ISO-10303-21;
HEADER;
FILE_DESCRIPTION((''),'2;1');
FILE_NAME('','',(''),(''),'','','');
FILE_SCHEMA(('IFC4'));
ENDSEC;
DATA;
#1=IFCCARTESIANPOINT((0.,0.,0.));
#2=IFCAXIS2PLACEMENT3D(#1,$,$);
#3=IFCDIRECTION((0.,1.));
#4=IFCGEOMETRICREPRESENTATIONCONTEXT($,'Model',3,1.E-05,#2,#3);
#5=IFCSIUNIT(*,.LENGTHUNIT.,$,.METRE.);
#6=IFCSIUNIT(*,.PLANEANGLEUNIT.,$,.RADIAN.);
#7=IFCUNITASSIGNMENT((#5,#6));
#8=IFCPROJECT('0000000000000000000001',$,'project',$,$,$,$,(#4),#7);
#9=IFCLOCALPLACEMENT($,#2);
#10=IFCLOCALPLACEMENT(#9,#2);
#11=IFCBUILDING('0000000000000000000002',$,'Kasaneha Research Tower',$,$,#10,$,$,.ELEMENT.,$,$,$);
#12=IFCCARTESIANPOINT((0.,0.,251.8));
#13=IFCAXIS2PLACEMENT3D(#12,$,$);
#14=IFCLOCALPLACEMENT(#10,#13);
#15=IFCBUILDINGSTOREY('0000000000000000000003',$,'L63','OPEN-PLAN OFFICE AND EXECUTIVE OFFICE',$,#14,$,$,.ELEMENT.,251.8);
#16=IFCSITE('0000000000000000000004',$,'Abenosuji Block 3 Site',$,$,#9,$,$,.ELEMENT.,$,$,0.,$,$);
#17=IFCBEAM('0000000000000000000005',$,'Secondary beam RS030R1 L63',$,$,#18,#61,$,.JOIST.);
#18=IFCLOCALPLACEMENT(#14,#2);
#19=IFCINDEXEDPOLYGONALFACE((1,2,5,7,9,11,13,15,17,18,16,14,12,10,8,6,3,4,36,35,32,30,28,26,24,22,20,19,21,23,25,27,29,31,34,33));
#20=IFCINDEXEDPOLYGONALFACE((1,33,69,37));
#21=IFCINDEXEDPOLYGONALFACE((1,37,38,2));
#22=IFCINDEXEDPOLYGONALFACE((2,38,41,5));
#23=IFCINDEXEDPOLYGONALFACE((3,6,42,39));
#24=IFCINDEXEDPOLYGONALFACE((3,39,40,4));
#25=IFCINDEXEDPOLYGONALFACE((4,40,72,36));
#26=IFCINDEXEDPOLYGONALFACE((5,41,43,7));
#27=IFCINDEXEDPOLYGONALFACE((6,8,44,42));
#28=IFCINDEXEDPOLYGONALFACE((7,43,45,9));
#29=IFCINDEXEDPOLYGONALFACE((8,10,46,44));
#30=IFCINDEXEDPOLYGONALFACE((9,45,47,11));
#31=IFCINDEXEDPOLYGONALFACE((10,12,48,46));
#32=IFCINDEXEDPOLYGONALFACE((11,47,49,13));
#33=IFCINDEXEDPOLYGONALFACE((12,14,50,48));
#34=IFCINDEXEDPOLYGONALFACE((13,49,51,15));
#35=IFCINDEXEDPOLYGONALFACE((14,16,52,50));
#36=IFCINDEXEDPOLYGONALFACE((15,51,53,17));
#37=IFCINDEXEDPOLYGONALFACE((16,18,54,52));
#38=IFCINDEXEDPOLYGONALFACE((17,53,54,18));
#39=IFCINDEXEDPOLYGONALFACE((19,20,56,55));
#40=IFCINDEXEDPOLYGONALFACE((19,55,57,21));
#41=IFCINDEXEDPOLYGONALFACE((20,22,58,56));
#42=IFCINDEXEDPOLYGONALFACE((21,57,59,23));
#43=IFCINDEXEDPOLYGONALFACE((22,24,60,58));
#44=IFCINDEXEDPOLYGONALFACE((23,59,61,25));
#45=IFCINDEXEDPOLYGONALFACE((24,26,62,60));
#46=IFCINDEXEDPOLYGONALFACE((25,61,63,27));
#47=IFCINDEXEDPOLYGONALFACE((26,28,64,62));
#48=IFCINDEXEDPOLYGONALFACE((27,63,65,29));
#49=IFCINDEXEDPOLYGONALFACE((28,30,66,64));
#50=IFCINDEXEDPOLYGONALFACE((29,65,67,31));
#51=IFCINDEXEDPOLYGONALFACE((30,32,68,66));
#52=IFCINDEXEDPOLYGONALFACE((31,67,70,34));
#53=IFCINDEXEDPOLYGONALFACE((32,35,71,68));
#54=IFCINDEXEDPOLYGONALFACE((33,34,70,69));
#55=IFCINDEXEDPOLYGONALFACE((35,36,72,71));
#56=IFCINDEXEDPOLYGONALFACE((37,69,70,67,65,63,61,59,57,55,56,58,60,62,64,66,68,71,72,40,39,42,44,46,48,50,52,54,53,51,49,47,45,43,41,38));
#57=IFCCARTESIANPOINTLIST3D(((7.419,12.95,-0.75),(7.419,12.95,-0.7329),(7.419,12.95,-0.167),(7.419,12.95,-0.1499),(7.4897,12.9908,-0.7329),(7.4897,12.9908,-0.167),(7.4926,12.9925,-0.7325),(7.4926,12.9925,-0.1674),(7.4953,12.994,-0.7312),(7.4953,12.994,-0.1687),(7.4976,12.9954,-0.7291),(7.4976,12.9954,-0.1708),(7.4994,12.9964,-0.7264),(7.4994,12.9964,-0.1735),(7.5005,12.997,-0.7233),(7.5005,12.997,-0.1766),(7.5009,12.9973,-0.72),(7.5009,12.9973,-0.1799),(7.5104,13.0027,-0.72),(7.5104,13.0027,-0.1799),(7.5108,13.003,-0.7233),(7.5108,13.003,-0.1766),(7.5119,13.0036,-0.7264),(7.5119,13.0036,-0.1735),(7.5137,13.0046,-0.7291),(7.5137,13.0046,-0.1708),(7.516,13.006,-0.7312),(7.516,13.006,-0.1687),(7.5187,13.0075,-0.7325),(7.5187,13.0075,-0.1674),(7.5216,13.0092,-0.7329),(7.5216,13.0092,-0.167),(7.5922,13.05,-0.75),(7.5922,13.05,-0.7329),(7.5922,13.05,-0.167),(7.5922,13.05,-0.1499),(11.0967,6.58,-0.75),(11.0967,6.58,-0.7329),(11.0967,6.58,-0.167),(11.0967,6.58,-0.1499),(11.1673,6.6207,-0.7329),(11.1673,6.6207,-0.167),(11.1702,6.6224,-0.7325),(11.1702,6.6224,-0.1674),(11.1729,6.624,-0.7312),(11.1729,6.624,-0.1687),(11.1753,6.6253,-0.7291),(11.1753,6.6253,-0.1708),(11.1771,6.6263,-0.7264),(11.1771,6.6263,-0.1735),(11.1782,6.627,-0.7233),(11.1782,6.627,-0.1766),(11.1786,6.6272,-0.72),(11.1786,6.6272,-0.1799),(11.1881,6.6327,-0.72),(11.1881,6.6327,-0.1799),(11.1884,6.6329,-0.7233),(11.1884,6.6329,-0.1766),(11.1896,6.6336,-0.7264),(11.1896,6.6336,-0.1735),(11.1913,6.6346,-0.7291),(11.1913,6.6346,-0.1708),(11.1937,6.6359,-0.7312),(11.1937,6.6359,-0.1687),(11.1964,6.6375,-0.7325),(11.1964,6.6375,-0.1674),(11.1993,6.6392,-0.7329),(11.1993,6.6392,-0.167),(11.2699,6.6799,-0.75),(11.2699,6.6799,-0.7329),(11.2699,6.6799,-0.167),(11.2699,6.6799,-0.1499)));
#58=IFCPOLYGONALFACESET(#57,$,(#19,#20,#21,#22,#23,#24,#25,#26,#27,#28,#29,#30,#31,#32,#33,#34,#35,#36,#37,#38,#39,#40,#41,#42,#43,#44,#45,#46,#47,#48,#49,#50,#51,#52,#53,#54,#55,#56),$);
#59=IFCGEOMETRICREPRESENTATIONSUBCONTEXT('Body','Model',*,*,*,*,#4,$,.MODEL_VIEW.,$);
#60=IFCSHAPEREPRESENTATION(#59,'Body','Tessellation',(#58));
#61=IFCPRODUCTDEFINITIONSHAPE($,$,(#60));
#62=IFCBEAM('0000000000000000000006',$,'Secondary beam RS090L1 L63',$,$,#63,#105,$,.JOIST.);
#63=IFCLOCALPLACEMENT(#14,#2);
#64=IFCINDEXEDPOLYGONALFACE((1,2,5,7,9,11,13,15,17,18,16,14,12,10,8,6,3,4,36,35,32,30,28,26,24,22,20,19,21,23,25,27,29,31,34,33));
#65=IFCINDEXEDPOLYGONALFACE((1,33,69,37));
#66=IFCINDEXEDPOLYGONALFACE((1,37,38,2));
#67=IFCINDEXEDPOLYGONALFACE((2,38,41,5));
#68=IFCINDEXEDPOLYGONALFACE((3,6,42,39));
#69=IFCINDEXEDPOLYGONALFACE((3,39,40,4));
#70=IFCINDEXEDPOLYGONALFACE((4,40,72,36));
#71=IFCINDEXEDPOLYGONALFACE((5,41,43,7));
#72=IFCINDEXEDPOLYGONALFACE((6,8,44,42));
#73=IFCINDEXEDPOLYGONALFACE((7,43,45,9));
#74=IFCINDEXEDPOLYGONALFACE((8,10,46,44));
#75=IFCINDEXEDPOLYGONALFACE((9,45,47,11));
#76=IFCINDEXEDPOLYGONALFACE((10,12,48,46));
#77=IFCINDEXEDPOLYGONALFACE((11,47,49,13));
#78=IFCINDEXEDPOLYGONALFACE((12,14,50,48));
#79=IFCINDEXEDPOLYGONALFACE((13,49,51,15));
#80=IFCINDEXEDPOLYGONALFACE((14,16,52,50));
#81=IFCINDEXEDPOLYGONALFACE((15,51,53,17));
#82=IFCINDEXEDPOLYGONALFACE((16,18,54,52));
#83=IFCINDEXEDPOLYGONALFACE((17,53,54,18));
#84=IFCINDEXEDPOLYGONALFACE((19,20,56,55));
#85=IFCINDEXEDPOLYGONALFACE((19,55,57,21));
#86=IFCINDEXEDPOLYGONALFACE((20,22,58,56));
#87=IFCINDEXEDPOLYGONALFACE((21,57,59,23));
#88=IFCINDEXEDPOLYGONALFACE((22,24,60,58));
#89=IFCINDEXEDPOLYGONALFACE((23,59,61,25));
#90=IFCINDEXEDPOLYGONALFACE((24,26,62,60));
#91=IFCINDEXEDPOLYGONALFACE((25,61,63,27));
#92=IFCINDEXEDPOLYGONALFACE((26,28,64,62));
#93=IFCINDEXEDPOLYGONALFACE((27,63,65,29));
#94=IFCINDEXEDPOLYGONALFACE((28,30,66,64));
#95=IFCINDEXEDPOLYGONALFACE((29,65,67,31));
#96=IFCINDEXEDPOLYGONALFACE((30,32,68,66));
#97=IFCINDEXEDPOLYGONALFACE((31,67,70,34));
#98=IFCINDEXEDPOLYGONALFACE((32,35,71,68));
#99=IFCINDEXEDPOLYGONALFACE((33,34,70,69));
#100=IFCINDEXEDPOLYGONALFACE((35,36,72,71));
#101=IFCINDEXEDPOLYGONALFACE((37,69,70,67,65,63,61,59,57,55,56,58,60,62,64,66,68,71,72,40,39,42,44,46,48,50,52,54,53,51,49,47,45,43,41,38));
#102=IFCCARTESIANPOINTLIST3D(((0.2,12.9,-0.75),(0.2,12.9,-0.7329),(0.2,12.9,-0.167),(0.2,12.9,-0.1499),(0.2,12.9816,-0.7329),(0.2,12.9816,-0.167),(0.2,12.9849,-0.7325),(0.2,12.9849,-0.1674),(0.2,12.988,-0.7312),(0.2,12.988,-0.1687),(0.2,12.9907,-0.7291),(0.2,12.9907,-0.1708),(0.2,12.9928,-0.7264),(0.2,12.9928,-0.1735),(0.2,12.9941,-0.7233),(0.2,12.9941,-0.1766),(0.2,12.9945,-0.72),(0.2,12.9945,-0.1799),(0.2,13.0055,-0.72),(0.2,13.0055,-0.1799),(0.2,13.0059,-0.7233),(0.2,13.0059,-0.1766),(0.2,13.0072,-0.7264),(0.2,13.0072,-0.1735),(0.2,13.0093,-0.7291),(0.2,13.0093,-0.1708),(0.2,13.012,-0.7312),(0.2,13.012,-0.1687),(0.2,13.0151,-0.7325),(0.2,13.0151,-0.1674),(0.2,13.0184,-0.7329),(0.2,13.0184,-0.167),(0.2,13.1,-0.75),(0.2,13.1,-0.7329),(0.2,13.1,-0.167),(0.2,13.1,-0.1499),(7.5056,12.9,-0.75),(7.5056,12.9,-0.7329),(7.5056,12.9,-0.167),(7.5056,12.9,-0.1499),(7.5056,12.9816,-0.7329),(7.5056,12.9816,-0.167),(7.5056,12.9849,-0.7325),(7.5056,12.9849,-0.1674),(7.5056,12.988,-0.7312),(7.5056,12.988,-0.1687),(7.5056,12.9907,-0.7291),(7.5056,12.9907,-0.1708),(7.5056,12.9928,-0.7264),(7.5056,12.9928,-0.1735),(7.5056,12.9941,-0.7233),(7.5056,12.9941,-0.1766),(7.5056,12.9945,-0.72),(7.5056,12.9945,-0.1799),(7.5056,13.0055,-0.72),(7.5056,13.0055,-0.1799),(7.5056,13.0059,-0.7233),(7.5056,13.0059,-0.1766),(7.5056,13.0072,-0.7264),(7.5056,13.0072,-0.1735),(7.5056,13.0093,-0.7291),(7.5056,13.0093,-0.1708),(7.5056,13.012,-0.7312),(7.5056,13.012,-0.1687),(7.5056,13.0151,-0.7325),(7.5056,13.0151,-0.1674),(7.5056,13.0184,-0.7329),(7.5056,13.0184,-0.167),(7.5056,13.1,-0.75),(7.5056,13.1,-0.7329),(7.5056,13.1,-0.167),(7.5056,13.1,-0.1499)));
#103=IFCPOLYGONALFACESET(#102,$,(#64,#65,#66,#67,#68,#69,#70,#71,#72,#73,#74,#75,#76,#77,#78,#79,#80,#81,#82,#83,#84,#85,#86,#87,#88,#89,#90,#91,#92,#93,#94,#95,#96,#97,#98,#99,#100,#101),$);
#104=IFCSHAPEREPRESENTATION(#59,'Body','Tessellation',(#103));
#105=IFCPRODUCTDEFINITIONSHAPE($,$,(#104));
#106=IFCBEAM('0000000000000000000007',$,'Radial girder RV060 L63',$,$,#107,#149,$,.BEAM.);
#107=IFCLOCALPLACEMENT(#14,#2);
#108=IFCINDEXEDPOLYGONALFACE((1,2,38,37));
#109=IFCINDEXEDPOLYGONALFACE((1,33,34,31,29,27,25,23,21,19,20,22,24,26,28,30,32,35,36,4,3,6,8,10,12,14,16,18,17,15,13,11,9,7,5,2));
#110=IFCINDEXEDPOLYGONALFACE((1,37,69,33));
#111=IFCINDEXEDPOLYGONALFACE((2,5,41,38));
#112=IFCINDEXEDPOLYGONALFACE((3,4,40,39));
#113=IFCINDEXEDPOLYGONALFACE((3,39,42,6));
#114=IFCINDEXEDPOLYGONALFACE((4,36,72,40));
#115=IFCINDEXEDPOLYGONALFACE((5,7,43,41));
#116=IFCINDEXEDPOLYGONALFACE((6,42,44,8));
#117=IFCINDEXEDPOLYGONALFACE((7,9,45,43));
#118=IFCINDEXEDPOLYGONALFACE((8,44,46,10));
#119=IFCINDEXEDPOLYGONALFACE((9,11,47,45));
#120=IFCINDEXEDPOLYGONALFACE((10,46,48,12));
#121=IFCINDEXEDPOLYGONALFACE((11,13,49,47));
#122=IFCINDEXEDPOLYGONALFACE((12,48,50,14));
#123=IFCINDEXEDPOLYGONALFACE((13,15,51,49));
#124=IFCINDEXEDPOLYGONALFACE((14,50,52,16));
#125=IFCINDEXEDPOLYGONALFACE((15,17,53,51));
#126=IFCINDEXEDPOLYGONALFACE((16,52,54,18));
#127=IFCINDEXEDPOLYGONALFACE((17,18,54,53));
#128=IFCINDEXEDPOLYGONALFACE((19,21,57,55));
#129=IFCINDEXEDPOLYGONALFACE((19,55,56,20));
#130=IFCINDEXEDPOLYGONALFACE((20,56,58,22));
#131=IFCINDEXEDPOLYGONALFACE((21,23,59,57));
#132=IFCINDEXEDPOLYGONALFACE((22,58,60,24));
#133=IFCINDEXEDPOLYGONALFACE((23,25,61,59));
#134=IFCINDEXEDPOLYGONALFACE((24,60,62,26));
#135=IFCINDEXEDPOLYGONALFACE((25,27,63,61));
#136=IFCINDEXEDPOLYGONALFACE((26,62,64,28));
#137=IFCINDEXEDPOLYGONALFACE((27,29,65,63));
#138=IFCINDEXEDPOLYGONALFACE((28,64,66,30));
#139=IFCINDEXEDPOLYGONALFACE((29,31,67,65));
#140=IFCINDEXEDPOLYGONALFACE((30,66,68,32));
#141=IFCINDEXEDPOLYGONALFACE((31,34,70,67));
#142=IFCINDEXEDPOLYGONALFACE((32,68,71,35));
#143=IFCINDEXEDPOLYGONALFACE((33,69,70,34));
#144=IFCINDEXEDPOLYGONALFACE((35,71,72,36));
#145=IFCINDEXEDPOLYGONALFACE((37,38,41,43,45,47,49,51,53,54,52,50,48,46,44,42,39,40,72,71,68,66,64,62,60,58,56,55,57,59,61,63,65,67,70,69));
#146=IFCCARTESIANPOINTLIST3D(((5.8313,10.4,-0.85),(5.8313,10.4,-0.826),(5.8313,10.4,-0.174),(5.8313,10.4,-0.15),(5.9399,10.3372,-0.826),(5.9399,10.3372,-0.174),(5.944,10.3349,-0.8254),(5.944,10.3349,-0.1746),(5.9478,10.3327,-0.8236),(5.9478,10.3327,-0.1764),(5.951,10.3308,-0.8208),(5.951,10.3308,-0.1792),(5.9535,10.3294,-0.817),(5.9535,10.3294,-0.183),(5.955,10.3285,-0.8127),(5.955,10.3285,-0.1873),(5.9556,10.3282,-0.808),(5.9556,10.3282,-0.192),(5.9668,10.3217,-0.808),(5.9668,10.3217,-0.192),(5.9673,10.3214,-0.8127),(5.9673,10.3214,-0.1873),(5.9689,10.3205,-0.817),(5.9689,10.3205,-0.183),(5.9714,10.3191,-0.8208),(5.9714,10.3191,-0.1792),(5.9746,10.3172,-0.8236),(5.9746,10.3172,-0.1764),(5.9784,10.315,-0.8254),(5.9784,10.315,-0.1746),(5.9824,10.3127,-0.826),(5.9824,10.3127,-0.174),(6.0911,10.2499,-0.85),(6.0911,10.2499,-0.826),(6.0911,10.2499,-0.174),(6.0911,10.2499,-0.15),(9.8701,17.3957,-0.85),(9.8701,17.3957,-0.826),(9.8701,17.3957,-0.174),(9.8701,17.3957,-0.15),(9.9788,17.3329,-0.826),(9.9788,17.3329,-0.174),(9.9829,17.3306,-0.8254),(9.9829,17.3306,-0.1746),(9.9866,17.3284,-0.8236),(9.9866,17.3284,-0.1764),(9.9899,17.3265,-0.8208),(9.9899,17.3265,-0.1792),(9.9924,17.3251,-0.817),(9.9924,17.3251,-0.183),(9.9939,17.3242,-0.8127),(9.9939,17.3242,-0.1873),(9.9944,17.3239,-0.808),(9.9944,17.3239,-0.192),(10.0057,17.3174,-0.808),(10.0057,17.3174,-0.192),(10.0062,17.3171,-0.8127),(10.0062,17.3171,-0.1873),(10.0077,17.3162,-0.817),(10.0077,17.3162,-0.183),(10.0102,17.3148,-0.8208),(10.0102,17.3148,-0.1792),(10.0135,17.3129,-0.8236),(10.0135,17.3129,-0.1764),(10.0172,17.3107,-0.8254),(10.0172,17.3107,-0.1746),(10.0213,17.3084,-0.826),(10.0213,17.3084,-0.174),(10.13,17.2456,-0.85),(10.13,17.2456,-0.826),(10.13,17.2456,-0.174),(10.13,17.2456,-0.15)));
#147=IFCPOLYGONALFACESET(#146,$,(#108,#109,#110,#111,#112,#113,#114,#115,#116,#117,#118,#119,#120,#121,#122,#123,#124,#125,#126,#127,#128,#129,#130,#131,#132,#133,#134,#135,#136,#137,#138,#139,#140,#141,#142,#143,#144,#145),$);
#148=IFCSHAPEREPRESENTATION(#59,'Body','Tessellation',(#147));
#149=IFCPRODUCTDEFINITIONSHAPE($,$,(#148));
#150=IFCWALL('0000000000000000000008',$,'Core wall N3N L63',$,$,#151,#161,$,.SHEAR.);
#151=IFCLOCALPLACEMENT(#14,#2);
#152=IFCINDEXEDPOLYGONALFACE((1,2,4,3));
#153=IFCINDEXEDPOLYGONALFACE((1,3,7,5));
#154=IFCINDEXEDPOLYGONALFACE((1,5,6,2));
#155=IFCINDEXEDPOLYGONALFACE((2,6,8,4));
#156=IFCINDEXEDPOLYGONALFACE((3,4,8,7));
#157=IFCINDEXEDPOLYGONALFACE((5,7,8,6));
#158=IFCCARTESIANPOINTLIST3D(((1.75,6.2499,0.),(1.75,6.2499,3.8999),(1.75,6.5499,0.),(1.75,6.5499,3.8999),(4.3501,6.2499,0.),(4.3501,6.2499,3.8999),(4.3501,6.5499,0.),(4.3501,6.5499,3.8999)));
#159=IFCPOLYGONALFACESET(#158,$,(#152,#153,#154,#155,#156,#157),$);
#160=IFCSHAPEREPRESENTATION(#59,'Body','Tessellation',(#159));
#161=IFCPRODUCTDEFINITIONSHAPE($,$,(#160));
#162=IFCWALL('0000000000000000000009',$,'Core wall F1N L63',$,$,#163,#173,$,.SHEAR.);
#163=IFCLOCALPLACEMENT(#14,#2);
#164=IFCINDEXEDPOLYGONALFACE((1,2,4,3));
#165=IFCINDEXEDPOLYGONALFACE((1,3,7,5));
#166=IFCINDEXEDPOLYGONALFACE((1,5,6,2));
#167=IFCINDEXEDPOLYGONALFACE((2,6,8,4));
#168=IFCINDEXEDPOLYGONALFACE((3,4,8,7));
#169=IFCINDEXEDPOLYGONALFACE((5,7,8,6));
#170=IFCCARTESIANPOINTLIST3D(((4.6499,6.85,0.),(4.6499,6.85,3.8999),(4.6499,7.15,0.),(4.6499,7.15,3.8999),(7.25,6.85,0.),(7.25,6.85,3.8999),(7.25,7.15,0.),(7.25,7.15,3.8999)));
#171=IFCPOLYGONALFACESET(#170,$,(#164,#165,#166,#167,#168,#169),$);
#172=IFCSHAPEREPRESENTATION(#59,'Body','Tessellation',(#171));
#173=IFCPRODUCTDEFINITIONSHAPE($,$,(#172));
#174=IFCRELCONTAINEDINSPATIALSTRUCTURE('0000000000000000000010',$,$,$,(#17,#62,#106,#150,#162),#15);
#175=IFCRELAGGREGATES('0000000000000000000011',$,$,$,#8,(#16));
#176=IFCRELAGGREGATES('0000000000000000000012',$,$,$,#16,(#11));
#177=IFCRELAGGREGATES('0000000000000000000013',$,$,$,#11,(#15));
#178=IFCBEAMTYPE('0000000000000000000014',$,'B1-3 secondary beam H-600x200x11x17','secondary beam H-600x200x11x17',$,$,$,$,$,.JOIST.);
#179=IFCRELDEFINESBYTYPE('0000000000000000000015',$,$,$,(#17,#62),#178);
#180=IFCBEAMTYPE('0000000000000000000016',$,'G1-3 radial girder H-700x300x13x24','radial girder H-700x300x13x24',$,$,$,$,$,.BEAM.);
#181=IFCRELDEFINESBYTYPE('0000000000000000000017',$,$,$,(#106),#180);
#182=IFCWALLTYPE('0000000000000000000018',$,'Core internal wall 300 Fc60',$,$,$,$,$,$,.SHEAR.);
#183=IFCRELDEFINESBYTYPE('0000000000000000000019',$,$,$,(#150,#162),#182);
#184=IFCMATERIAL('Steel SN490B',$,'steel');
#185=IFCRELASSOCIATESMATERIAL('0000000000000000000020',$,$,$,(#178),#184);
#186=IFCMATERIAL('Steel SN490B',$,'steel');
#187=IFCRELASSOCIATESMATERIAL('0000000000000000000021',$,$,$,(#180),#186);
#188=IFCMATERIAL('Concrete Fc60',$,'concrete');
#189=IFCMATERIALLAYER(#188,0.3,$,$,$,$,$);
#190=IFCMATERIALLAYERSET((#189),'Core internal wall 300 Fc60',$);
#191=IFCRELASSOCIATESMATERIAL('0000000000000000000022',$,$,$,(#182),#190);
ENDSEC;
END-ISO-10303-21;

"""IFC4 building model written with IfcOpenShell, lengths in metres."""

from ifc_helpers import new_model, si_unit, direction, frame, frame_2d, origin, origin_2d, place, context, subcontext, project, spatial, rectangle, i_section, extrude, material, layer, layer_set, material_profile, profile_set, type_object, element, save


model = new_model("IFC4")

# Units and contexts
model_context = context("Model", 3, precision=1e-05, world=origin(), true_north=direction((0.0, 1.0)))
body_context = subcontext(model_context, "Body", "Model", "MODEL_VIEW")
ifc_project = project(units=[si_unit("LENGTHUNIT", "METRE"), si_unit("PLANEANGLEUNIT", "RADIAN")], contexts=[model_context])

# Site, building, storey
site_placement = place(None, origin())
site = spatial("IfcSite", under=ifc_project, at=site_placement, Name="Abenosuji Block 3 Site", CompositionType="ELEMENT", RefElevation=0.0)
building_placement = place(site_placement, origin())
building = spatial("IfcBuilding", under=site, at=building_placement, Name="Kasaneha Research Tower", CompositionType="ELEMENT")
storey_placement = place(building_placement, frame((0.0, 0.0, 251.8)))
storey = spatial("IfcBuildingStorey", under=building, at=storey_placement, Name="L63", Description="OPEN-PLAN OFFICE AND EXECUTIVE OFFICE", CompositionType="ELEMENT", Elevation=251.8)

# Beams
ifc_material_1 = material(Name="Steel SN490B", Category="steel")
ifc_material_profile_1 = material_profile(ifc_material_1, i_section(OverallWidth=0.2, OverallDepth=0.6001, WebThickness=0.011, FlangeThickness=0.0171, FilletRadius=0.0129, at=origin_2d()), Name="H-600x200x11x17")
ifc_profile_set_1 = profile_set([ifc_material_profile_1], Name="Steel SN490B")
beam_type_1 = type_object("IfcBeamType", Name="B1-3 secondary beam H-600x200x11x17", Description="secondary beam H-600x200x11x17", PredefinedType="JOIST", material=ifc_profile_set_1)
beam_1_placement = place(storey_placement, frame((7.5056, 13.0, -0.45), z_axis=(0.499994, -0.866029, 0.0), x_axis=(0.866029, 0.499994, 0.0)))
element("IfcBeam", 1, at=beam_1_placement, inside=storey, type_object=beam_type_1, Name="Secondary beam RS030R1 L63", PredefinedType="JOIST", context=body_context, shape_type="SweptSolid", body=[
    extrude(i_section(OverallWidth=0.2, OverallDepth=0.6001, WebThickness=0.011, FlangeThickness=0.0171, FilletRadius=0.0129, at=origin_2d()), origin(), (0.0, 0.0, 1.0), 7.3555),
])
beam_2_placement = place(storey_placement, frame((7.5056, 13.0, -0.45), z_axis=(-1.0, 0.0, 0.0), x_axis=(0.0, -1.0, 0.0)))
element("IfcBeam", 2, at=beam_2_placement, inside=storey, type_object=beam_type_1, Name="Secondary beam RS090L1 L63", PredefinedType="JOIST", context=body_context, shape_type="SweptSolid", body=[
    extrude(i_section(OverallWidth=0.2, OverallDepth=0.6001, WebThickness=0.011, FlangeThickness=0.0171, FilletRadius=0.0129, at=origin_2d()), origin(), (0.0, 0.0, 1.0), 7.3057),
])
ifc_material_2 = material(Name="Steel SN490B", Category="steel")
ifc_material_profile_2 = material_profile(ifc_material_2, i_section(OverallWidth=0.3, OverallDepth=0.7, WebThickness=0.0129, FlangeThickness=0.0239, FilletRadius=0.0181, at=origin_2d()), Name="H-700x300x13x24")
ifc_profile_set_2 = profile_set([ifc_material_profile_2], Name="Steel SN490B")
beam_type_2 = type_object("IfcBeamType", Name="G1-3 radial girder H-700x300x13x24", Description="radial girder H-700x300x13x24", PredefinedType="BEAM", material=ifc_profile_set_2)
beam_3_placement = place(storey_placement, frame((5.9612, 10.325, -0.5), z_axis=(0.499991, 0.866031, 0.0), x_axis=(-0.866031, 0.499991, 0.0)))
element("IfcBeam", 3, at=beam_3_placement, inside=storey, type_object=beam_type_2, Name="Radial girder RV060 L63", PredefinedType="BEAM", context=body_context, shape_type="SweptSolid", body=[
    extrude(i_section(OverallWidth=0.3, OverallDepth=0.7, WebThickness=0.0129, FlangeThickness=0.0239, FilletRadius=0.0181, at=origin_2d()), origin(), (0.0, 0.0, 1.0), 8.0779),
])

# Walls
ifc_material_3 = material(Name="Concrete Fc60", Category="concrete")
ifc_layer_1 = layer(ifc_material_3, 0.3)
ifc_layer_set_1 = layer_set([ifc_layer_1], Name="Core internal wall 300 Fc60")
wall_type_1 = type_object("IfcWallType", Name="Core internal wall 300 Fc60", PredefinedType="SHEAR", material=ifc_layer_set_1)
for number, where, z_axis, x_axis, name in (
    (4, (1.75, 6.3999, 0.0), (0.0, 0.0, 1.0), (1.0, 0.0, 0.0), "Core wall N3N L63"),
    (5, (4.6499, 7.0, 0.0), (0.0, 0.0, 1.0), (1.0, 0.0, 0.0), "Core wall F1N L63"),
):
    element("IfcWall", number, at=place(storey_placement, frame(where, z_axis=z_axis, x_axis=x_axis)), inside=storey, type_object=wall_type_1, Name=name, PredefinedType="SHEAR", context=body_context, shape_type="SweptSolid", body=[
        extrude(rectangle(XDim=2.6001, YDim=0.3, at=frame_2d((1.3, 0.0))), origin(), (0.0, 0.0, 1.0), 3.8999),
    ])

save(model, "model.ifc")
